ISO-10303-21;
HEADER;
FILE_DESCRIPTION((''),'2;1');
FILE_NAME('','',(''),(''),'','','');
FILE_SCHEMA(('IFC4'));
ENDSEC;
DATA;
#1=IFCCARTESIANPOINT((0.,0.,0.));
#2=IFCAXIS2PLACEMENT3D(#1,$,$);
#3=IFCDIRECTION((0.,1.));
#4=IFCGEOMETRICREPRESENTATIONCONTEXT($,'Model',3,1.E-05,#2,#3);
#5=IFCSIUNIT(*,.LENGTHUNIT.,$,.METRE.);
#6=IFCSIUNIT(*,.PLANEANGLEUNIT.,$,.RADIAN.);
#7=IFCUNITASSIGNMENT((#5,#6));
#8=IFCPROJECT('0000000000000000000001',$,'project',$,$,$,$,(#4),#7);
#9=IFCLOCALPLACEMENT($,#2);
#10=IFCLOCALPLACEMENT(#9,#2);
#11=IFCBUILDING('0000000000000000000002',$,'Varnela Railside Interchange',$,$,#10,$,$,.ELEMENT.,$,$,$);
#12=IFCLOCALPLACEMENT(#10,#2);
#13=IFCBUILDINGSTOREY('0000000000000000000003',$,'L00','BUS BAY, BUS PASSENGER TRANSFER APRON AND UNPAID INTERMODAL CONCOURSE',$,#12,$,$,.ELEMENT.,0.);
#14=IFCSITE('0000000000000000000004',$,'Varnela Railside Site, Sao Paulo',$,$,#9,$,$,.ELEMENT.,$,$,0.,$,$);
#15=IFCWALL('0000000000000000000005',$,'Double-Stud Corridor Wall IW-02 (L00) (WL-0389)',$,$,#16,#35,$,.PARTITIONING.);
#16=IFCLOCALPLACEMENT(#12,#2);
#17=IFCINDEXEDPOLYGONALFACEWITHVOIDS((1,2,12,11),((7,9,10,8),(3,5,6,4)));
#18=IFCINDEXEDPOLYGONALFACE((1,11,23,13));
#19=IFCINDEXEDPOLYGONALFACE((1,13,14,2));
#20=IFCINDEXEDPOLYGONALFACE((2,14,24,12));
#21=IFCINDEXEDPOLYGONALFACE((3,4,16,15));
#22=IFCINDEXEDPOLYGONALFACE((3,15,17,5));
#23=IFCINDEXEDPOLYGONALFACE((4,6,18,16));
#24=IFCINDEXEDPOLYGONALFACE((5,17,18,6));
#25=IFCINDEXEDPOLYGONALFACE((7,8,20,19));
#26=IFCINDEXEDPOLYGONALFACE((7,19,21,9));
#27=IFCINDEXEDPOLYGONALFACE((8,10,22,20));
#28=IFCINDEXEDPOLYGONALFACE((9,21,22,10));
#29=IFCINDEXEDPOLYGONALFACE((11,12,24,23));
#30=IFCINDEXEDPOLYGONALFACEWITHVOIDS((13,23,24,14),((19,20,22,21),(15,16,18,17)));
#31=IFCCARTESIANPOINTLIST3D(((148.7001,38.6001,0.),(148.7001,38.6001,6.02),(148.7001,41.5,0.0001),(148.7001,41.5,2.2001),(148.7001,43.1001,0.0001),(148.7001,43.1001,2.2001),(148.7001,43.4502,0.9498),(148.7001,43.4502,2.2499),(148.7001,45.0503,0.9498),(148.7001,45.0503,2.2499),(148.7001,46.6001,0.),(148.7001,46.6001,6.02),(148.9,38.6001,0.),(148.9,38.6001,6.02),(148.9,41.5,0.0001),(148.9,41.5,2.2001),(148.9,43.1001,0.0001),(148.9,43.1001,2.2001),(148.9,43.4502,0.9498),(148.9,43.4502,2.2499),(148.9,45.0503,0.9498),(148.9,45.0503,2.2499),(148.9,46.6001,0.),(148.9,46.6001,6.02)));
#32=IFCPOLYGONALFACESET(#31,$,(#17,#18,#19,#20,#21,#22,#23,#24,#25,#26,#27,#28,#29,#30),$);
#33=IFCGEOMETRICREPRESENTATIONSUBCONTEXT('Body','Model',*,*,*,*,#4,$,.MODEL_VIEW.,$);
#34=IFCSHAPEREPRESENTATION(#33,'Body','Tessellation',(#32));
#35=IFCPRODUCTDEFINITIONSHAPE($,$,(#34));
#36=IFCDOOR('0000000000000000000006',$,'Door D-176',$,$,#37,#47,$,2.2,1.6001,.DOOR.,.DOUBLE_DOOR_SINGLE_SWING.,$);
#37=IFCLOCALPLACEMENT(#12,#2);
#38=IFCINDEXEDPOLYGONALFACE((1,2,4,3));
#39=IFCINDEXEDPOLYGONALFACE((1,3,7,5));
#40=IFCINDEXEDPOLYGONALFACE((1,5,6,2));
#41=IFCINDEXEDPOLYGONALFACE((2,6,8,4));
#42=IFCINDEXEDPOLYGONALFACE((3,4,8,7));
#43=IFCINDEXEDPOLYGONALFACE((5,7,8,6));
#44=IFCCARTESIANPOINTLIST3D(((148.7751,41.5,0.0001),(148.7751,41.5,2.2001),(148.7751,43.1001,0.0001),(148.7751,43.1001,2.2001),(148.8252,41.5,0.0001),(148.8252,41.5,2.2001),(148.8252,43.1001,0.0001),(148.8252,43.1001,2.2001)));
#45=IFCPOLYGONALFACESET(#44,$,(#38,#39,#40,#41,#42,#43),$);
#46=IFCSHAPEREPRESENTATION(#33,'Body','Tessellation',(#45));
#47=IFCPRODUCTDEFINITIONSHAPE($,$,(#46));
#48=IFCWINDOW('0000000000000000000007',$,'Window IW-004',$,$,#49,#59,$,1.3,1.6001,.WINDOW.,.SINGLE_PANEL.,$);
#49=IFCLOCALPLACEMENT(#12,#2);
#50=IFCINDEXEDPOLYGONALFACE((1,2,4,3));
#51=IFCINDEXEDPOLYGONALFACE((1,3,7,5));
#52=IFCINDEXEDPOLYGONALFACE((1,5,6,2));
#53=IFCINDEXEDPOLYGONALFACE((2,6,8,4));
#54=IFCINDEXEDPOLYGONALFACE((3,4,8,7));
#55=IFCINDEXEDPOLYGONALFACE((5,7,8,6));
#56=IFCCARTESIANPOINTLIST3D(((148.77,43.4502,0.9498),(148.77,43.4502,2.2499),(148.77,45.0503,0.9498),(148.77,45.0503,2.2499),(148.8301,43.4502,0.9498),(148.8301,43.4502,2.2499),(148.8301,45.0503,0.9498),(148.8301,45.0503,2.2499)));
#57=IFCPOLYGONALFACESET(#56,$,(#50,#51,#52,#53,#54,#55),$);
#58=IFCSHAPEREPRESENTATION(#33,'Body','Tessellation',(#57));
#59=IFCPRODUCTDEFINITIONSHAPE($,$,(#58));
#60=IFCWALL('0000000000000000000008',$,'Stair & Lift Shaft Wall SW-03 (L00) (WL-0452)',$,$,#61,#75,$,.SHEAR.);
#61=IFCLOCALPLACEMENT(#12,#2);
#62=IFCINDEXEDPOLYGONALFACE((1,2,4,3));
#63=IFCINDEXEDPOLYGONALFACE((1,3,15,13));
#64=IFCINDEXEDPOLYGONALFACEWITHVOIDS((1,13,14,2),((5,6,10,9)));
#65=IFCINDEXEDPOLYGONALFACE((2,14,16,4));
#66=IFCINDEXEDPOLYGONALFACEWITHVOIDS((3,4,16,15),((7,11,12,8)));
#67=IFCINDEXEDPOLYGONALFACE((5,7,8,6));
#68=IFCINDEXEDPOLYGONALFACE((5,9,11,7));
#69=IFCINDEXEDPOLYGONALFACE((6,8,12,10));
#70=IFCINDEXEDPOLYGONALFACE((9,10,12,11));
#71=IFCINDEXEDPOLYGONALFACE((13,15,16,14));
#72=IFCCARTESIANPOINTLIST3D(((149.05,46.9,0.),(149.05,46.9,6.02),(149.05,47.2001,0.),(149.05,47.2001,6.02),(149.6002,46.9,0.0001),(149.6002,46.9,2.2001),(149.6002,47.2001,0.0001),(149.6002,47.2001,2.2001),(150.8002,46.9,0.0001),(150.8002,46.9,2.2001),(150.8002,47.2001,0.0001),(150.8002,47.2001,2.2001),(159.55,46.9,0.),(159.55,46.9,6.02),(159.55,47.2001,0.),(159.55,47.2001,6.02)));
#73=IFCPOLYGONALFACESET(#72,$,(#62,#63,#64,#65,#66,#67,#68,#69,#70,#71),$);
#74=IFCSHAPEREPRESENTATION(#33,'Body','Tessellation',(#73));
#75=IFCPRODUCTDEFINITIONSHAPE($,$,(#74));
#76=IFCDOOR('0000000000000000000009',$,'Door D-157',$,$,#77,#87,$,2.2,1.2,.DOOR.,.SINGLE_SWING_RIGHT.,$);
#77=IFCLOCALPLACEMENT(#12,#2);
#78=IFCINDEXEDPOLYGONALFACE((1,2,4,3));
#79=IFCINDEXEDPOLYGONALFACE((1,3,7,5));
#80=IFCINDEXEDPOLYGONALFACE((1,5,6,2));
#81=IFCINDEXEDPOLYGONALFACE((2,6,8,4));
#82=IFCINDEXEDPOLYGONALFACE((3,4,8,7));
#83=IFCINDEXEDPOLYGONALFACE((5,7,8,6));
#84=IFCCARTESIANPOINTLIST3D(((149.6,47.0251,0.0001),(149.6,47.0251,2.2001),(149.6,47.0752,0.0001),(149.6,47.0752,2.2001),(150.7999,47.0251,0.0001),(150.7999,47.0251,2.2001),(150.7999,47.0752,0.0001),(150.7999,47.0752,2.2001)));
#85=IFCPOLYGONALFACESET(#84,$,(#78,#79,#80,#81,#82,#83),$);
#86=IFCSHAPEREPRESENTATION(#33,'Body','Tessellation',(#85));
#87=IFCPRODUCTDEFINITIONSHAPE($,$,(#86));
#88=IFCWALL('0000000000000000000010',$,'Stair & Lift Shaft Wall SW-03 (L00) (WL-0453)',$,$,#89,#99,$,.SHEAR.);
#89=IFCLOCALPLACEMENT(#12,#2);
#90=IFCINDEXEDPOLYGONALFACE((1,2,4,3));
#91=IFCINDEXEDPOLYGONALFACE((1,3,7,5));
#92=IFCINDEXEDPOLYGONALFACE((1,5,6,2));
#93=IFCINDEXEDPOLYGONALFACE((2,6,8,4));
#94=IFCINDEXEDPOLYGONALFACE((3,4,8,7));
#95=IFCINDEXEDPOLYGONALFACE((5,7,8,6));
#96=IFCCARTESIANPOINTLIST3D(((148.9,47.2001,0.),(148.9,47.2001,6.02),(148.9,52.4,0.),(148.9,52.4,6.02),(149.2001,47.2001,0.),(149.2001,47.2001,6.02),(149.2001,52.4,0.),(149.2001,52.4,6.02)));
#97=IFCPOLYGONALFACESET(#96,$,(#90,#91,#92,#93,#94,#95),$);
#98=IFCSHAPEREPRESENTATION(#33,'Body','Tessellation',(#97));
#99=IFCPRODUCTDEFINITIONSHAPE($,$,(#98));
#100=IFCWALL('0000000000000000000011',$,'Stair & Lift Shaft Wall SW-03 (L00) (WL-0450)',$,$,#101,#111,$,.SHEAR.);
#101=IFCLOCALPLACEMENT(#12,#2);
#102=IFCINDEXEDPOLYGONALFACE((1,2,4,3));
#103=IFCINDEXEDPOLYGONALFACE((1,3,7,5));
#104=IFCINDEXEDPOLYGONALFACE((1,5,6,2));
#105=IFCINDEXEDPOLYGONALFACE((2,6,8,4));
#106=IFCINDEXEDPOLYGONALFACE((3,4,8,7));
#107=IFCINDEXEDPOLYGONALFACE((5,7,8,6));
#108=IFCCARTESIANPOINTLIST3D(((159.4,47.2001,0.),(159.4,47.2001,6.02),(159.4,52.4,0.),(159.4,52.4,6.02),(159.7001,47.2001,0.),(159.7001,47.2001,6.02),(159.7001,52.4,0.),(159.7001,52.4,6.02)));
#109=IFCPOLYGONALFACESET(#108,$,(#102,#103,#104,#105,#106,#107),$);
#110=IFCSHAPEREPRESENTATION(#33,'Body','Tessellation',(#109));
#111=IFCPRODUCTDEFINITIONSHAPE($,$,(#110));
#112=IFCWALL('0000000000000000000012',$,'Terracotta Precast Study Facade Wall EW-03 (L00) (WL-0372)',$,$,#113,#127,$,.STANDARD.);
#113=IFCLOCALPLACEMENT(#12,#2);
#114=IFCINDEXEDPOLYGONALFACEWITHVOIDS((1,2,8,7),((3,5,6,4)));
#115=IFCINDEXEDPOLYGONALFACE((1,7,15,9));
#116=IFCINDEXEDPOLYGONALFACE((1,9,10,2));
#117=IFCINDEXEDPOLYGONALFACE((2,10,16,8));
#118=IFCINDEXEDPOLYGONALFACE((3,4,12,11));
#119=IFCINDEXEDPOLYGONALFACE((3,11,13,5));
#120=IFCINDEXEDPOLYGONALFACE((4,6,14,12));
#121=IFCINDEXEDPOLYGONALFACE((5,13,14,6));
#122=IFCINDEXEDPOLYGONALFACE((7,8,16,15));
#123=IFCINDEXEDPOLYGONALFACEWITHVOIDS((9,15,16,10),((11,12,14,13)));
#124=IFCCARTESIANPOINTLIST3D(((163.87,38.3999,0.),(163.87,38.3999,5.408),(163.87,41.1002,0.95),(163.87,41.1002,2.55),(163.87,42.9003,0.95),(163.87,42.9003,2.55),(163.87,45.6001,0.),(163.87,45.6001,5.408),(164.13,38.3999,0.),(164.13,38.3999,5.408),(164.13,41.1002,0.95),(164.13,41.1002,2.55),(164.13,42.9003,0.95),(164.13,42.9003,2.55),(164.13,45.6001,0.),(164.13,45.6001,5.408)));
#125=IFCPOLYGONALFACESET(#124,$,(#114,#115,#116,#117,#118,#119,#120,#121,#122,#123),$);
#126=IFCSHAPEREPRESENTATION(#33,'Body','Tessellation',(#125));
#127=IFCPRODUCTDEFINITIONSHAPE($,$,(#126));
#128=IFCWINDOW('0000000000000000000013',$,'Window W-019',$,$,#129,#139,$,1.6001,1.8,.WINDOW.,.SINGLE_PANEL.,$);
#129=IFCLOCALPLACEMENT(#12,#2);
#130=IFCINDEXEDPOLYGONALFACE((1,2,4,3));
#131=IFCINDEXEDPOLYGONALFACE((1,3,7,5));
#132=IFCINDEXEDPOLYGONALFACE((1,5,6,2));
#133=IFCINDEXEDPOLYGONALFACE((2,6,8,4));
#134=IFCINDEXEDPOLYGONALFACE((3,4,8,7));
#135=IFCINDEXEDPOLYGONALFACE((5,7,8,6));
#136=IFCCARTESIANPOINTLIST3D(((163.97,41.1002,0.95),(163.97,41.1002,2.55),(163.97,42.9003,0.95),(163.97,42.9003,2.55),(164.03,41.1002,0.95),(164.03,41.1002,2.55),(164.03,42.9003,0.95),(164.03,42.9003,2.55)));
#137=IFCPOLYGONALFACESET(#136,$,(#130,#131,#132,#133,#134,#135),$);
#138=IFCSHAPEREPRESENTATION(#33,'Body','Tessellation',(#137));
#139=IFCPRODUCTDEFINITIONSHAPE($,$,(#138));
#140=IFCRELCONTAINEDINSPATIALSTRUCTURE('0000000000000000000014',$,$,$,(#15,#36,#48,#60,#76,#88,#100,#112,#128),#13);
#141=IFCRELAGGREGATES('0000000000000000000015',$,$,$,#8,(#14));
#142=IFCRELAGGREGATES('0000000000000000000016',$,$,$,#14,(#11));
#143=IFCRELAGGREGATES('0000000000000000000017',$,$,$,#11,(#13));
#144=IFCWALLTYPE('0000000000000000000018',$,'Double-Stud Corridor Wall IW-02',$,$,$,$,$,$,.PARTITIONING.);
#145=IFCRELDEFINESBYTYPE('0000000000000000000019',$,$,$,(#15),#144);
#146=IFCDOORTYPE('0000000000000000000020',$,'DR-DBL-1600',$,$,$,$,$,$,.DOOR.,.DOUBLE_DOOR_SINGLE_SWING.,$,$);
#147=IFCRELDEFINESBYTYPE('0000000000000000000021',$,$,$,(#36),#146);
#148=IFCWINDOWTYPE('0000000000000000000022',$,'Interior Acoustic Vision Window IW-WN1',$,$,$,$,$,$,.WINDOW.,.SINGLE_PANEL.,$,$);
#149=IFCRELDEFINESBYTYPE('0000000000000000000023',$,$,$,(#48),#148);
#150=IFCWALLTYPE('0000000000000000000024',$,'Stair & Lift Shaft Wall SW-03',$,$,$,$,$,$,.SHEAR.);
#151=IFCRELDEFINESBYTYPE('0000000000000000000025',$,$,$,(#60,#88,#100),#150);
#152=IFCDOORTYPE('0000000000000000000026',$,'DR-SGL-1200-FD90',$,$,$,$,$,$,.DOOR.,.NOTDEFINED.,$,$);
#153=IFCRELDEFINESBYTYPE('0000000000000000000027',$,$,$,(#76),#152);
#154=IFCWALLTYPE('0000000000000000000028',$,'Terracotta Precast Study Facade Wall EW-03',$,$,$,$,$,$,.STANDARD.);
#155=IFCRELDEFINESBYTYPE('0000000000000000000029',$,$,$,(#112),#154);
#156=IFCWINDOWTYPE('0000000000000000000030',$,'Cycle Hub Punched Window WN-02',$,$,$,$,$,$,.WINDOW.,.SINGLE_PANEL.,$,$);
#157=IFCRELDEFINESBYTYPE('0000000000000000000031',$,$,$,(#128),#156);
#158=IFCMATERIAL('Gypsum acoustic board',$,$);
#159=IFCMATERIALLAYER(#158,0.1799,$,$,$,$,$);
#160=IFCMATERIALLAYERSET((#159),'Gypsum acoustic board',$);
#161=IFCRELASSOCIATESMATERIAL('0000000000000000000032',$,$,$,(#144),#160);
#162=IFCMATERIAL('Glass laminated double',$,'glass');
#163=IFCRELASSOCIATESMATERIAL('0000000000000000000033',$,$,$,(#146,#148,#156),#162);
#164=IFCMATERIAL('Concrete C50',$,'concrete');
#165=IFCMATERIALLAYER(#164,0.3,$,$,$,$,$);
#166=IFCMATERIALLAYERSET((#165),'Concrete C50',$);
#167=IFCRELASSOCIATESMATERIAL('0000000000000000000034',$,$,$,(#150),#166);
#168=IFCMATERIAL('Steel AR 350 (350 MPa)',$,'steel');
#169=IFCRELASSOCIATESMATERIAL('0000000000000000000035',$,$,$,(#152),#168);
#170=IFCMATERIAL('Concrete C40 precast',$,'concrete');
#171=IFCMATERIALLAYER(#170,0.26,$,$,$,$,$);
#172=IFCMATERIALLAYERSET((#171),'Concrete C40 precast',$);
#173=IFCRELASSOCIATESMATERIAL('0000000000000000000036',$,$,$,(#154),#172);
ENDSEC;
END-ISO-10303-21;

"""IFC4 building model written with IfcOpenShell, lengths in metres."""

from ifc_helpers import new_model, si_unit, direction, frame, frame_2d, origin, place, context, subcontext, project, spatial, rectangle, extrude, material, layer, layer_set, type_object, element, fill, save


model = new_model("IFC4")

# Units and contexts
model_context = context("Model", 3, precision=1e-05, world=origin(), true_north=direction((0.0, 1.0)))
body_context = subcontext(model_context, "Body", "Model", "MODEL_VIEW")
ifc_project = project(units=[si_unit("LENGTHUNIT", "METRE"), si_unit("PLANEANGLEUNIT", "RADIAN")], contexts=[model_context])

# Site, building, storey
site_placement = place(None, origin())
site = spatial("IfcSite", under=ifc_project, at=site_placement, Name="Varnela Railside Site, Sao Paulo", CompositionType="ELEMENT", RefElevation=0.0)
building_placement = place(site_placement, origin())
building = spatial("IfcBuilding", under=site, at=building_placement, Name="Varnela Railside Interchange", CompositionType="ELEMENT")
storey_placement = place(building_placement, origin())
storey = spatial("IfcBuildingStorey", under=building, at=storey_placement, Name="L00", Description="BUS BAY, BUS PASSENGER TRANSFER APRON AND UNPAID INTERMODAL CONCOURSE", CompositionType="ELEMENT", Elevation=0.0)

# Shared definitions
ifc_material_1 = material(Name="Concrete C50", Category="concrete")

# Shared definitions
ifc_material_2 = material(Name="Steel AR 350 (350 MPa)", Category="steel")

# Wall, openings, door, window
ifc_material_3 = material(Name="Gypsum acoustic board")
ifc_layer_1 = layer(ifc_material_3, 0.1799)
ifc_layer_set_1 = layer_set([ifc_layer_1], Name="Gypsum acoustic board")
wall_type_1 = type_object("IfcWallType", Name="Double-Stud Corridor Wall IW-02", PredefinedType="PARTITIONING", material=ifc_layer_set_1)
wall_1_placement = place(storey_placement, frame((148.8, 38.6001, 0.0), z_axis=(0.0, 0.0, 1.0), x_axis=(0.0, 1.0, 0.0)))
wall_1 = element("IfcWall", 1, at=wall_1_placement, inside=storey, type_object=wall_type_1, Name="Double-Stud Corridor Wall IW-02 (L00) (WL-0389)", PredefinedType="PARTITIONING", context=body_context, shape_type="SweptSolid", body=[
    extrude(rectangle(XDim=8.0, YDim=0.2, at=frame_2d((4.0, 0.0))), origin(), (0.0, 0.0, 1.0), 6.02),
])
opening_1_placement = place(wall_1_placement, frame((2.8999, 0.0, 0.0)))
opening_1 = element("IfcOpeningElement", 2, at=opening_1_placement, cuts=wall_1, PredefinedType="OPENING", context=body_context, shape_type="SweptSolid", body=[
    extrude(rectangle(XDim=1.6001, YDim=2.2, at=frame_2d((0.8, 1.1001))), frame((0.0, 0.1099, 0.0), z_axis=(0.0, -1.0, 0.0), x_axis=(1.0, 0.0, 0.0)), (0.0, 0.0, 1.0), 0.22),
])
opening_2_placement = place(wall_1_placement, frame((4.8501, 0.0, 0.95)))
opening_2 = element("IfcOpeningElement", 3, at=opening_2_placement, cuts=wall_1, PredefinedType="OPENING", context=body_context, shape_type="SweptSolid", body=[
    extrude(rectangle(XDim=1.6001, YDim=1.3, at=frame_2d((0.8, 0.6499))), frame((0.0, 0.1099, 0.0), z_axis=(0.0, -1.0, 0.0), x_axis=(1.0, 0.0, 0.0)), (0.0, 0.0, 1.0), 0.22),
])
ifc_material_4 = material(Name="Glass laminated double", Category="glass")
door_type_1 = type_object("IfcDoorType", Name="DR-DBL-1600", OperationType="DOUBLE_DOOR_SINGLE_SWING", PredefinedType="DOOR", material=ifc_material_4)
door_1_placement = place(opening_1_placement, origin())
door_1 = element("IfcDoor", 4, at=door_1_placement, inside=storey, type_object=door_type_1, Name="Door D-176", OperationType="DOUBLE_DOOR_SINGLE_SWING", OverallHeight=2.2, OverallWidth=1.6001, PredefinedType="DOOR", context=body_context, shape_type="SweptSolid", body=[
    extrude(rectangle(XDim=1.6001, YDim=2.2, at=frame_2d((0.8, 1.1001))), frame((0.0, 0.0249, 0.0), z_axis=(0.0, -1.0, 0.0), x_axis=(1.0, 0.0, 0.0)), (0.0, 0.0, 1.0), 0.05),
])
fill(opening_1, door_1)
window_type_1 = type_object("IfcWindowType", Name="Interior Acoustic Vision Window IW-WN1", PartitioningType="SINGLE_PANEL", PredefinedType="WINDOW", material=ifc_material_4)
window_1_placement = place(opening_2_placement, origin())
window_1 = element("IfcWindow", 5, at=window_1_placement, inside=storey, type_object=window_type_1, Name="Window IW-004", OverallHeight=1.3, OverallWidth=1.6001, PartitioningType="SINGLE_PANEL", PredefinedType="WINDOW", context=body_context, shape_type="SweptSolid", body=[
    extrude(rectangle(XDim=1.6001, YDim=1.3, at=frame_2d((0.8, 0.6499))), frame((0.0, 0.03, 0.0), z_axis=(0.0, -1.0, 0.0), x_axis=(1.0, 0.0, 0.0)), (0.0, 0.0, 1.0), 0.0601),
])
fill(opening_2, window_1)

# Wall, opening, door
ifc_layer_2 = layer(ifc_material_1, 0.3)
ifc_layer_set_2 = layer_set([ifc_layer_2], Name="Concrete C50")
wall_type_2 = type_object("IfcWallType", Name="Stair & Lift Shaft Wall SW-03", PredefinedType="SHEAR", material=ifc_layer_set_2)
wall_2_placement = place(storey_placement, frame((149.05, 47.05, 0.0), z_axis=(0.0, 0.0, 1.0), x_axis=(1.0, 0.0, 0.0)))
wall_2 = element("IfcWall", 6, at=wall_2_placement, inside=storey, type_object=wall_type_2, Name="Stair & Lift Shaft Wall SW-03 (L00) (WL-0452)", PredefinedType="SHEAR", context=body_context, shape_type="SweptSolid", body=[
    extrude(rectangle(XDim=10.5, YDim=0.3, at=frame_2d((5.25, 0.0))), origin(), (0.0, 0.0, 1.0), 6.02),
])
opening_3_placement = place(wall_2_placement, frame((0.55, 0.0, 0.0)))
opening_3 = element("IfcOpeningElement", 7, at=opening_3_placement, cuts=wall_2, PredefinedType="OPENING", context=body_context, shape_type="SweptSolid", body=[
    extrude(rectangle(XDim=1.2, YDim=2.2, at=frame_2d((0.6001, 1.1001))), frame((0.0, 0.1599, 0.0), z_axis=(0.0, -1.0, 0.0), x_axis=(1.0, 0.0, 0.0)), (0.0, 0.0, 1.0), 0.3201),
])
door_type_2 = type_object("IfcDoorType", Name="DR-SGL-1200-FD90", OperationType="NOTDEFINED", PredefinedType="DOOR", material=ifc_material_2)
door_2_placement = place(opening_3_placement, frame((1.2, 0.0, 0.0), z_axis=(0.0, 0.0, 1.0), x_axis=(-1.0, 0.0, 0.0)))
door_2 = element("IfcDoor", 8, at=door_2_placement, inside=storey, type_object=door_type_2, Name="Door D-157", OperationType="SINGLE_SWING_RIGHT", OverallHeight=2.2, OverallWidth=1.2, PredefinedType="DOOR", context=body_context, shape_type="SweptSolid", body=[
    extrude(rectangle(XDim=1.2, YDim=2.2, at=frame_2d((0.6001, 1.1001))), frame((0.0, 0.0249, 0.0), z_axis=(0.0, -1.0, 0.0), x_axis=(1.0, 0.0, 0.0)), (0.0, 0.0, 1.0), 0.05),
])
fill(opening_3, door_2)

# Walls
for number, where, z_axis, x_axis, name in (
    (9, (149.05, 47.2, 0.0), (0.0, 0.0, 1.0), (0.0, 1.0, 0.0), "Stair & Lift Shaft Wall SW-03 (L00) (WL-0453)"),
    (10, (159.55, 47.2, 0.0), (0.0, 0.0, 1.0), (0.0, 1.0, 0.0), "Stair & Lift Shaft Wall SW-03 (L00) (WL-0450)"),
):
    element("IfcWall", number, at=place(storey_placement, frame(where, z_axis=z_axis, x_axis=x_axis)), inside=storey, type_object=wall_type_2, Name=name, PredefinedType="SHEAR", context=body_context, shape_type="SweptSolid", body=[
        extrude(rectangle(XDim=5.2, YDim=0.3, at=frame_2d((2.6001, 0.0))), origin(), (0.0, 0.0, 1.0), 6.02),
    ])

# Wall, opening, window
ifc_material_5 = material(Name="Concrete C40 precast", Category="concrete")
ifc_layer_3 = layer(ifc_material_5, 0.26)
ifc_layer_set_3 = layer_set([ifc_layer_3], Name="Concrete C40 precast")
wall_type_3 = type_object("IfcWallType", Name="Terracotta Precast Study Facade Wall EW-03", PredefinedType="STANDARD", material=ifc_layer_set_3)
wall_3_placement = place(storey_placement, frame((164.0, 45.6001, 0.0), z_axis=(0.0, 0.0, 1.0), x_axis=(0.0, -1.0, 0.0)))
wall_3 = element("IfcWall", 11, at=wall_3_placement, inside=storey, type_object=wall_type_3, Name="Terracotta Precast Study Facade Wall EW-03 (L00) (WL-0372)", PredefinedType="STANDARD", context=body_context, shape_type="SweptSolid", body=[
    extrude(rectangle(XDim=7.2002, YDim=0.26, at=frame_2d((3.6001, 0.0))), origin(), (0.0, 0.0, 1.0), 5.408),
])
opening_4_placement = place(wall_3_placement, frame((2.7, 0.0, 0.95)))
opening_4 = element("IfcOpeningElement", 12, at=opening_4_placement, cuts=wall_3, PredefinedType="OPENING", context=body_context, shape_type="SweptSolid", body=[
    extrude(rectangle(XDim=1.8, YDim=1.6001, at=frame_2d((0.8999, 0.8))), frame((0.0, 0.1399, 0.0), z_axis=(0.0, -1.0, 0.0), x_axis=(1.0, 0.0, 0.0)), (0.0, 0.0, 1.0), 0.28),
])
window_type_2 = type_object("IfcWindowType", Name="Cycle Hub Punched Window WN-02", PartitioningType="SINGLE_PANEL", PredefinedType="WINDOW", material=ifc_material_4)
window_2_placement = place(opening_4_placement, origin())
window_2 = element("IfcWindow", 13, at=window_2_placement, inside=storey, type_object=window_type_2, Name="Window W-019", OverallHeight=1.6001, OverallWidth=1.8, PartitioningType="SINGLE_PANEL", PredefinedType="WINDOW", context=body_context, shape_type="SweptSolid", body=[
    extrude(rectangle(XDim=1.8, YDim=1.6001, at=frame_2d((0.8999, 0.8))), frame((0.0, 0.03, 0.0), z_axis=(0.0, -1.0, 0.0), x_axis=(1.0, 0.0, 0.0)), (0.0, 0.0, 1.0), 0.0601),
])
fill(opening_4, window_2)

save(model, "model.ifc")
